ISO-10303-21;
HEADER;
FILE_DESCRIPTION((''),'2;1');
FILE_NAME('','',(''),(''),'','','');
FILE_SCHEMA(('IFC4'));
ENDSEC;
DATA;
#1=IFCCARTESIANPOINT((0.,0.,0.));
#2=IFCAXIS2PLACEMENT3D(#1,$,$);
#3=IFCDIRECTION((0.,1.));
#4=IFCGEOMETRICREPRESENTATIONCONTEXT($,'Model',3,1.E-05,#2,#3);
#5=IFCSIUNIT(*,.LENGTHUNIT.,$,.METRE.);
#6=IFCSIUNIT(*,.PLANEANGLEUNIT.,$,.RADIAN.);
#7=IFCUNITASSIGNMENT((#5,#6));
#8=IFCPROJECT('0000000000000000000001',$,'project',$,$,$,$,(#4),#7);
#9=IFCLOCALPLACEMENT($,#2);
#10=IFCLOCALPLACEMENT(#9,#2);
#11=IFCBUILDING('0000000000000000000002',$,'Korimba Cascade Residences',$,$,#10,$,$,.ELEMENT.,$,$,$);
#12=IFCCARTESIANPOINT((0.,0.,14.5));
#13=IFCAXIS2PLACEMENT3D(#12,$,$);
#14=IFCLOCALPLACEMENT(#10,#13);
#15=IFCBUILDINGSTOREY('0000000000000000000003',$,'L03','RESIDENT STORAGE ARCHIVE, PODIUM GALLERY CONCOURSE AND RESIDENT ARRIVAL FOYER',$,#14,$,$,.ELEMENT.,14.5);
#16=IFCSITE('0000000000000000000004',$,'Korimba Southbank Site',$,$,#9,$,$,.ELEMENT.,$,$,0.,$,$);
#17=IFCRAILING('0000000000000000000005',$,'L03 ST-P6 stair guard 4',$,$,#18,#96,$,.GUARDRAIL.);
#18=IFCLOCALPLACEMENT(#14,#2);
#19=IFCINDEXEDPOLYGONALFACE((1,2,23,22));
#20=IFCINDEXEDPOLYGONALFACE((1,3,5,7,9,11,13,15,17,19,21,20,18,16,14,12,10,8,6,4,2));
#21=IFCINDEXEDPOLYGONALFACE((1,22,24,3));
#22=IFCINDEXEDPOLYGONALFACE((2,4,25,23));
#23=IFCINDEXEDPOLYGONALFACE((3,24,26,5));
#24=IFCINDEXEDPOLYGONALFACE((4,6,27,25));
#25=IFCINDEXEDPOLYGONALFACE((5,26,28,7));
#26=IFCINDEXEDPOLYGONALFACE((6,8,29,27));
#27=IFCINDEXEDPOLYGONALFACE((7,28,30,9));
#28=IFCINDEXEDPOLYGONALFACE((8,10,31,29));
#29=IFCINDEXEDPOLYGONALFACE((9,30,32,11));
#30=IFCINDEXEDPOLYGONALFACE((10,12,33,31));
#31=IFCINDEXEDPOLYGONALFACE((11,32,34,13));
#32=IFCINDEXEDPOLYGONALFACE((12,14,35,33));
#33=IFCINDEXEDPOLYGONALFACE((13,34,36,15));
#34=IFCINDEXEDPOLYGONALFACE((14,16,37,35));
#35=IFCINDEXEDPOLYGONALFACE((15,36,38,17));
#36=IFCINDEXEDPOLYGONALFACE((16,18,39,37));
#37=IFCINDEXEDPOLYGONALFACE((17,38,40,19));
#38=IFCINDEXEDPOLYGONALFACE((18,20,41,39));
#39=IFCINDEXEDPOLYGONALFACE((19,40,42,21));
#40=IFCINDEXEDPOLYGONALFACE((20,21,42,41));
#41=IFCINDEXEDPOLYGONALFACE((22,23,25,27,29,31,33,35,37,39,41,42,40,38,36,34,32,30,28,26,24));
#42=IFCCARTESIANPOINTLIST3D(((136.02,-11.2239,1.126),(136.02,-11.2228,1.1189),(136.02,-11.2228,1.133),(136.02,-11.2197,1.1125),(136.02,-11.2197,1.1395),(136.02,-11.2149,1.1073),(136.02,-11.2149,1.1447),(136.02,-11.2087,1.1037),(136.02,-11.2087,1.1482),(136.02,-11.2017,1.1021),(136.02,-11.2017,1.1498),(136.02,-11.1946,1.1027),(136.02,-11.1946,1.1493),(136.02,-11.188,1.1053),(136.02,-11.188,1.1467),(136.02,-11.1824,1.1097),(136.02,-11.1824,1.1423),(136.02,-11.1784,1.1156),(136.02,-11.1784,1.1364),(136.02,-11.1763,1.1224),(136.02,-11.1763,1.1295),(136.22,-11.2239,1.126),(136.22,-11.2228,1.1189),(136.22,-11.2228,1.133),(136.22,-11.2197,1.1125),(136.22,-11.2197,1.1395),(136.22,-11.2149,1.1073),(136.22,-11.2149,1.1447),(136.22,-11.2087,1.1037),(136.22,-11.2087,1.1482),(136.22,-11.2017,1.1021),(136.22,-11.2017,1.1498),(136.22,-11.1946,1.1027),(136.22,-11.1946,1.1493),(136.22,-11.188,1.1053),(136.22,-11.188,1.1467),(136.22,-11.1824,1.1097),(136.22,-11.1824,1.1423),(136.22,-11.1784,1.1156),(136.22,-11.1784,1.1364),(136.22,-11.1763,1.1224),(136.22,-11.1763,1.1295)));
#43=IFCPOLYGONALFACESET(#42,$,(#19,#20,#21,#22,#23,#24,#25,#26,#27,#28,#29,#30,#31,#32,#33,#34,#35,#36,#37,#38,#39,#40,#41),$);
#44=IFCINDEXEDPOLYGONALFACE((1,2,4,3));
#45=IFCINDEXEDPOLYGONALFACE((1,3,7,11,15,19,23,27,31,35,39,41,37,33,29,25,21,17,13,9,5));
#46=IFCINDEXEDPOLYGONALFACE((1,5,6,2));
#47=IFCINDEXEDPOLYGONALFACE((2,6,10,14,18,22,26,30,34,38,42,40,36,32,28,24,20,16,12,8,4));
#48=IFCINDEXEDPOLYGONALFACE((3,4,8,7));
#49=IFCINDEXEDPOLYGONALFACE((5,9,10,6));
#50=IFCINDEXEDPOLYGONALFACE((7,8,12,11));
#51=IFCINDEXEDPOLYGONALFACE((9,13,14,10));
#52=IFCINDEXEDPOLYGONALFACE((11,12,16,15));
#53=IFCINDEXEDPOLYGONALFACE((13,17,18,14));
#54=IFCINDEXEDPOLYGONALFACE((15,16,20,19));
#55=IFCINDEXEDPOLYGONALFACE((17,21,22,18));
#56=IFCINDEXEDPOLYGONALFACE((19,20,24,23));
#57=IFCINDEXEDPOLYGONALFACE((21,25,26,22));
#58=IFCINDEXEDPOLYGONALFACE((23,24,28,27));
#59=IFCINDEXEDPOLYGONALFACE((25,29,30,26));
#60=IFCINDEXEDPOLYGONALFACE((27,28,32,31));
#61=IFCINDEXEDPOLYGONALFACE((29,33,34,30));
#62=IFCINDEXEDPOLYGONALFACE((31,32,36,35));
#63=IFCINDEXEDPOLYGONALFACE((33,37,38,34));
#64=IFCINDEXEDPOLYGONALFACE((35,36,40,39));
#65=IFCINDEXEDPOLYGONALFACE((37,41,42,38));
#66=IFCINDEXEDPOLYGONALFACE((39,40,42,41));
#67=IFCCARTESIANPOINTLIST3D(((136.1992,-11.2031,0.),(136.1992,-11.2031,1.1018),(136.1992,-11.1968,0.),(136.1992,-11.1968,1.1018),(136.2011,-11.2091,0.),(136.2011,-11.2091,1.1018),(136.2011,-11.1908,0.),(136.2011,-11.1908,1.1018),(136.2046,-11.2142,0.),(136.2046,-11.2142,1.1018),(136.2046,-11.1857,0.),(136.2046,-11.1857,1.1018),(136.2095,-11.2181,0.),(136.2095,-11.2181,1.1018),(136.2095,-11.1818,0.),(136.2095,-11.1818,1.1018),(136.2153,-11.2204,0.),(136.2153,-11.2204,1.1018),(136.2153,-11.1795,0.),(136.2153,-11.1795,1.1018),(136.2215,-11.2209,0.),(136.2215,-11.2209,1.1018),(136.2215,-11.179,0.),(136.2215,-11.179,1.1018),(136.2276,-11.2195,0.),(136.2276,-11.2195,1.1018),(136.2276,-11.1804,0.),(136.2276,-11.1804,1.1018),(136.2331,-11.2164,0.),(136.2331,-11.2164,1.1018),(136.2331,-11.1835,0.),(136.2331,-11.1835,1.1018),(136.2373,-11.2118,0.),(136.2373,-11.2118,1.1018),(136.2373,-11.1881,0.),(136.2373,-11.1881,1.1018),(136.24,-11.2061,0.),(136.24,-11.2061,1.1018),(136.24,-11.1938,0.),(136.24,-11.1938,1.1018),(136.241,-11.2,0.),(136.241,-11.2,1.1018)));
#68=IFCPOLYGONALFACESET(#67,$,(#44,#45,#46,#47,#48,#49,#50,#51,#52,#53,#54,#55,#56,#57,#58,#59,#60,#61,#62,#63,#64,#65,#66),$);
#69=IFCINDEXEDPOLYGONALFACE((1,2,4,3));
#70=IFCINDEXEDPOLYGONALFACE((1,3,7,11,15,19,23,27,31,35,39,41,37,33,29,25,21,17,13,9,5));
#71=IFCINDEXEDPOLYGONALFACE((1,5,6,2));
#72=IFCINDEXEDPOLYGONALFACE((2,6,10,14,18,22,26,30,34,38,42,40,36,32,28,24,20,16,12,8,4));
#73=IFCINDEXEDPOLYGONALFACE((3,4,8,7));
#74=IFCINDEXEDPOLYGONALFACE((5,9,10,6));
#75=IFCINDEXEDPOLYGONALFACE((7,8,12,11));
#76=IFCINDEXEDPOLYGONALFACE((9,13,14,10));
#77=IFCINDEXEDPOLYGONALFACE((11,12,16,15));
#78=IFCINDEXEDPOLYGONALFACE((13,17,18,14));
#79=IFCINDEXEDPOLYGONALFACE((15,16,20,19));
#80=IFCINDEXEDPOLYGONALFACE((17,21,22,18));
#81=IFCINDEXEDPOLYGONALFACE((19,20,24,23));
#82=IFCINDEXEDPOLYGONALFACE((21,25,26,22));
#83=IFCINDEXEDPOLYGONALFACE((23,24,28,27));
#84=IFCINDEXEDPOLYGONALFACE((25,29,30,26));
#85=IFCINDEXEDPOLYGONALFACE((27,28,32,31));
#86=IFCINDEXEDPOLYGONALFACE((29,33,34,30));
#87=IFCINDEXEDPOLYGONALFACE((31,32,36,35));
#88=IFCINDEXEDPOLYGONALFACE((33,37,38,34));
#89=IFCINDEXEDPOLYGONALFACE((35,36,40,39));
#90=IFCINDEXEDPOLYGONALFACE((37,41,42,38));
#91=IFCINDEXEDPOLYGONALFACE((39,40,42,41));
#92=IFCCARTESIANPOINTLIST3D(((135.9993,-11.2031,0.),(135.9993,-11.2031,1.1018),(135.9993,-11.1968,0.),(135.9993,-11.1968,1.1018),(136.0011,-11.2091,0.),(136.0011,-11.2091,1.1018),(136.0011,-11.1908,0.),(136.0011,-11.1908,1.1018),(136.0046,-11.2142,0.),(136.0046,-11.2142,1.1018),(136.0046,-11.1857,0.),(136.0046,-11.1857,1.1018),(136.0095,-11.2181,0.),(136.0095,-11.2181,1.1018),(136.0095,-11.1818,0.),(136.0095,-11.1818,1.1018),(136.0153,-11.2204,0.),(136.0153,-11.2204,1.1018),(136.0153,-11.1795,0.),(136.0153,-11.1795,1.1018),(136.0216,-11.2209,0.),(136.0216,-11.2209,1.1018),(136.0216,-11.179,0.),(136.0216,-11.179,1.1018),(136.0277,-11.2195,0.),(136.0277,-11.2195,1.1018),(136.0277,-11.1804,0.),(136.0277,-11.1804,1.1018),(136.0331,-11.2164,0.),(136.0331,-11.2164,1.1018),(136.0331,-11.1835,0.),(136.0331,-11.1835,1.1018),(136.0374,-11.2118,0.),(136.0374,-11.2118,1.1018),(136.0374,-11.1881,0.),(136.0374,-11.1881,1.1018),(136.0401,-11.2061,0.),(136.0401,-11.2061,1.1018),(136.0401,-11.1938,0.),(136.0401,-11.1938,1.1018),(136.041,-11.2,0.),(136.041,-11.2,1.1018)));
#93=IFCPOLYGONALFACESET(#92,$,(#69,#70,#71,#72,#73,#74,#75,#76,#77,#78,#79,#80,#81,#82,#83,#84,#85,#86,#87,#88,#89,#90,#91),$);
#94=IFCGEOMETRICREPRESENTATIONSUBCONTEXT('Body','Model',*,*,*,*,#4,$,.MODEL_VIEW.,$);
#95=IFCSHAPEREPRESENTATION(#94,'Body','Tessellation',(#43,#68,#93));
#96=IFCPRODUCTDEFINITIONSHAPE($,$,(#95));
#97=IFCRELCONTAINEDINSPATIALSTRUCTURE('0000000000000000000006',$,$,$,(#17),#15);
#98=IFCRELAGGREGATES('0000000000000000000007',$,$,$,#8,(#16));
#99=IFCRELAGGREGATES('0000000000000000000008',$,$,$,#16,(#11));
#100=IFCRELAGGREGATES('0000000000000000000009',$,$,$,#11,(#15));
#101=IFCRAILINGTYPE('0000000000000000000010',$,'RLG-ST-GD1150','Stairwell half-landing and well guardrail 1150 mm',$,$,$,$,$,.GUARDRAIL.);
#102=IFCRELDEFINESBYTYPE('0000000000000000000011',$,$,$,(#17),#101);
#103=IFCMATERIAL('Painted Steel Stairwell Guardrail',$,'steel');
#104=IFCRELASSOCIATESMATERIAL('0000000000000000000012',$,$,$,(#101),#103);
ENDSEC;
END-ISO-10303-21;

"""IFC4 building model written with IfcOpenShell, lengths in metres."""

from ifc_helpers import new_model, si_unit, direction, frame, origin, origin_2d, place, context, subcontext, project, spatial, circle, extrude, material, type_object, element, save


model = new_model("IFC4")

# Units and contexts
model_context = context("Model", 3, precision=1e-05, world=origin(), true_north=direction((0.0, 1.0)))
body_context = subcontext(model_context, "Body", "Model", "MODEL_VIEW")
ifc_project = project(units=[si_unit("LENGTHUNIT", "METRE"), si_unit("PLANEANGLEUNIT", "RADIAN")], contexts=[model_context])

# Site, building, storey
site_placement = place(None, origin())
site = spatial("IfcSite", under=ifc_project, at=site_placement, Name="Korimba Southbank Site", CompositionType="ELEMENT", RefElevation=0.0)
building_placement = place(site_placement, origin())
building = spatial("IfcBuilding", under=site, at=building_placement, Name="Korimba Cascade Residences", CompositionType="ELEMENT")
storey_placement = place(building_placement, frame((0.0, 0.0, 14.5)))
storey = spatial("IfcBuildingStorey", under=building, at=storey_placement, Name="L03", Description="RESIDENT STORAGE ARCHIVE, PODIUM GALLERY CONCOURSE AND RESIDENT ARRIVAL FOYER", CompositionType="ELEMENT", Elevation=14.5)

# Railing
ifc_material_1 = material(Name="Painted Steel Stairwell Guardrail", Category="steel")
railing_type_1 = type_object("IfcRailingType", Name="RLG-ST-GD1150", Description="Stairwell half-landing and well guardrail 1150 mm", PredefinedType="GUARDRAIL", material=ifc_material_1)
railing_1_placement = place(storey_placement, frame((136.22, -11.2, 0.0)))
element("IfcRailing", 1, at=railing_1_placement, inside=storey, type_object=railing_type_1, Name="L03 ST-P6 stair guard 4", PredefinedType="GUARDRAIL", context=body_context, shape_type="SweptSolid", body=[
    extrude(circle(Radius=0.0239, at=origin_2d()), frame((0.0, 0.0, 1.126), z_axis=(-1.0, 0.0, 0.0), x_axis=(0.0, -1.0, 0.0)), (0.0, 0.0, 1.0), 0.2),
    extrude(circle(Radius=0.021, at=origin_2d()), origin(), (0.0, 0.0, 1.0), 1.1018),
    extrude(circle(Radius=0.021, at=origin_2d()), frame((-0.2, 0.0, 0.0)), (0.0, 0.0, 1.0), 1.1018),
])

save(model, "model.ifc")
